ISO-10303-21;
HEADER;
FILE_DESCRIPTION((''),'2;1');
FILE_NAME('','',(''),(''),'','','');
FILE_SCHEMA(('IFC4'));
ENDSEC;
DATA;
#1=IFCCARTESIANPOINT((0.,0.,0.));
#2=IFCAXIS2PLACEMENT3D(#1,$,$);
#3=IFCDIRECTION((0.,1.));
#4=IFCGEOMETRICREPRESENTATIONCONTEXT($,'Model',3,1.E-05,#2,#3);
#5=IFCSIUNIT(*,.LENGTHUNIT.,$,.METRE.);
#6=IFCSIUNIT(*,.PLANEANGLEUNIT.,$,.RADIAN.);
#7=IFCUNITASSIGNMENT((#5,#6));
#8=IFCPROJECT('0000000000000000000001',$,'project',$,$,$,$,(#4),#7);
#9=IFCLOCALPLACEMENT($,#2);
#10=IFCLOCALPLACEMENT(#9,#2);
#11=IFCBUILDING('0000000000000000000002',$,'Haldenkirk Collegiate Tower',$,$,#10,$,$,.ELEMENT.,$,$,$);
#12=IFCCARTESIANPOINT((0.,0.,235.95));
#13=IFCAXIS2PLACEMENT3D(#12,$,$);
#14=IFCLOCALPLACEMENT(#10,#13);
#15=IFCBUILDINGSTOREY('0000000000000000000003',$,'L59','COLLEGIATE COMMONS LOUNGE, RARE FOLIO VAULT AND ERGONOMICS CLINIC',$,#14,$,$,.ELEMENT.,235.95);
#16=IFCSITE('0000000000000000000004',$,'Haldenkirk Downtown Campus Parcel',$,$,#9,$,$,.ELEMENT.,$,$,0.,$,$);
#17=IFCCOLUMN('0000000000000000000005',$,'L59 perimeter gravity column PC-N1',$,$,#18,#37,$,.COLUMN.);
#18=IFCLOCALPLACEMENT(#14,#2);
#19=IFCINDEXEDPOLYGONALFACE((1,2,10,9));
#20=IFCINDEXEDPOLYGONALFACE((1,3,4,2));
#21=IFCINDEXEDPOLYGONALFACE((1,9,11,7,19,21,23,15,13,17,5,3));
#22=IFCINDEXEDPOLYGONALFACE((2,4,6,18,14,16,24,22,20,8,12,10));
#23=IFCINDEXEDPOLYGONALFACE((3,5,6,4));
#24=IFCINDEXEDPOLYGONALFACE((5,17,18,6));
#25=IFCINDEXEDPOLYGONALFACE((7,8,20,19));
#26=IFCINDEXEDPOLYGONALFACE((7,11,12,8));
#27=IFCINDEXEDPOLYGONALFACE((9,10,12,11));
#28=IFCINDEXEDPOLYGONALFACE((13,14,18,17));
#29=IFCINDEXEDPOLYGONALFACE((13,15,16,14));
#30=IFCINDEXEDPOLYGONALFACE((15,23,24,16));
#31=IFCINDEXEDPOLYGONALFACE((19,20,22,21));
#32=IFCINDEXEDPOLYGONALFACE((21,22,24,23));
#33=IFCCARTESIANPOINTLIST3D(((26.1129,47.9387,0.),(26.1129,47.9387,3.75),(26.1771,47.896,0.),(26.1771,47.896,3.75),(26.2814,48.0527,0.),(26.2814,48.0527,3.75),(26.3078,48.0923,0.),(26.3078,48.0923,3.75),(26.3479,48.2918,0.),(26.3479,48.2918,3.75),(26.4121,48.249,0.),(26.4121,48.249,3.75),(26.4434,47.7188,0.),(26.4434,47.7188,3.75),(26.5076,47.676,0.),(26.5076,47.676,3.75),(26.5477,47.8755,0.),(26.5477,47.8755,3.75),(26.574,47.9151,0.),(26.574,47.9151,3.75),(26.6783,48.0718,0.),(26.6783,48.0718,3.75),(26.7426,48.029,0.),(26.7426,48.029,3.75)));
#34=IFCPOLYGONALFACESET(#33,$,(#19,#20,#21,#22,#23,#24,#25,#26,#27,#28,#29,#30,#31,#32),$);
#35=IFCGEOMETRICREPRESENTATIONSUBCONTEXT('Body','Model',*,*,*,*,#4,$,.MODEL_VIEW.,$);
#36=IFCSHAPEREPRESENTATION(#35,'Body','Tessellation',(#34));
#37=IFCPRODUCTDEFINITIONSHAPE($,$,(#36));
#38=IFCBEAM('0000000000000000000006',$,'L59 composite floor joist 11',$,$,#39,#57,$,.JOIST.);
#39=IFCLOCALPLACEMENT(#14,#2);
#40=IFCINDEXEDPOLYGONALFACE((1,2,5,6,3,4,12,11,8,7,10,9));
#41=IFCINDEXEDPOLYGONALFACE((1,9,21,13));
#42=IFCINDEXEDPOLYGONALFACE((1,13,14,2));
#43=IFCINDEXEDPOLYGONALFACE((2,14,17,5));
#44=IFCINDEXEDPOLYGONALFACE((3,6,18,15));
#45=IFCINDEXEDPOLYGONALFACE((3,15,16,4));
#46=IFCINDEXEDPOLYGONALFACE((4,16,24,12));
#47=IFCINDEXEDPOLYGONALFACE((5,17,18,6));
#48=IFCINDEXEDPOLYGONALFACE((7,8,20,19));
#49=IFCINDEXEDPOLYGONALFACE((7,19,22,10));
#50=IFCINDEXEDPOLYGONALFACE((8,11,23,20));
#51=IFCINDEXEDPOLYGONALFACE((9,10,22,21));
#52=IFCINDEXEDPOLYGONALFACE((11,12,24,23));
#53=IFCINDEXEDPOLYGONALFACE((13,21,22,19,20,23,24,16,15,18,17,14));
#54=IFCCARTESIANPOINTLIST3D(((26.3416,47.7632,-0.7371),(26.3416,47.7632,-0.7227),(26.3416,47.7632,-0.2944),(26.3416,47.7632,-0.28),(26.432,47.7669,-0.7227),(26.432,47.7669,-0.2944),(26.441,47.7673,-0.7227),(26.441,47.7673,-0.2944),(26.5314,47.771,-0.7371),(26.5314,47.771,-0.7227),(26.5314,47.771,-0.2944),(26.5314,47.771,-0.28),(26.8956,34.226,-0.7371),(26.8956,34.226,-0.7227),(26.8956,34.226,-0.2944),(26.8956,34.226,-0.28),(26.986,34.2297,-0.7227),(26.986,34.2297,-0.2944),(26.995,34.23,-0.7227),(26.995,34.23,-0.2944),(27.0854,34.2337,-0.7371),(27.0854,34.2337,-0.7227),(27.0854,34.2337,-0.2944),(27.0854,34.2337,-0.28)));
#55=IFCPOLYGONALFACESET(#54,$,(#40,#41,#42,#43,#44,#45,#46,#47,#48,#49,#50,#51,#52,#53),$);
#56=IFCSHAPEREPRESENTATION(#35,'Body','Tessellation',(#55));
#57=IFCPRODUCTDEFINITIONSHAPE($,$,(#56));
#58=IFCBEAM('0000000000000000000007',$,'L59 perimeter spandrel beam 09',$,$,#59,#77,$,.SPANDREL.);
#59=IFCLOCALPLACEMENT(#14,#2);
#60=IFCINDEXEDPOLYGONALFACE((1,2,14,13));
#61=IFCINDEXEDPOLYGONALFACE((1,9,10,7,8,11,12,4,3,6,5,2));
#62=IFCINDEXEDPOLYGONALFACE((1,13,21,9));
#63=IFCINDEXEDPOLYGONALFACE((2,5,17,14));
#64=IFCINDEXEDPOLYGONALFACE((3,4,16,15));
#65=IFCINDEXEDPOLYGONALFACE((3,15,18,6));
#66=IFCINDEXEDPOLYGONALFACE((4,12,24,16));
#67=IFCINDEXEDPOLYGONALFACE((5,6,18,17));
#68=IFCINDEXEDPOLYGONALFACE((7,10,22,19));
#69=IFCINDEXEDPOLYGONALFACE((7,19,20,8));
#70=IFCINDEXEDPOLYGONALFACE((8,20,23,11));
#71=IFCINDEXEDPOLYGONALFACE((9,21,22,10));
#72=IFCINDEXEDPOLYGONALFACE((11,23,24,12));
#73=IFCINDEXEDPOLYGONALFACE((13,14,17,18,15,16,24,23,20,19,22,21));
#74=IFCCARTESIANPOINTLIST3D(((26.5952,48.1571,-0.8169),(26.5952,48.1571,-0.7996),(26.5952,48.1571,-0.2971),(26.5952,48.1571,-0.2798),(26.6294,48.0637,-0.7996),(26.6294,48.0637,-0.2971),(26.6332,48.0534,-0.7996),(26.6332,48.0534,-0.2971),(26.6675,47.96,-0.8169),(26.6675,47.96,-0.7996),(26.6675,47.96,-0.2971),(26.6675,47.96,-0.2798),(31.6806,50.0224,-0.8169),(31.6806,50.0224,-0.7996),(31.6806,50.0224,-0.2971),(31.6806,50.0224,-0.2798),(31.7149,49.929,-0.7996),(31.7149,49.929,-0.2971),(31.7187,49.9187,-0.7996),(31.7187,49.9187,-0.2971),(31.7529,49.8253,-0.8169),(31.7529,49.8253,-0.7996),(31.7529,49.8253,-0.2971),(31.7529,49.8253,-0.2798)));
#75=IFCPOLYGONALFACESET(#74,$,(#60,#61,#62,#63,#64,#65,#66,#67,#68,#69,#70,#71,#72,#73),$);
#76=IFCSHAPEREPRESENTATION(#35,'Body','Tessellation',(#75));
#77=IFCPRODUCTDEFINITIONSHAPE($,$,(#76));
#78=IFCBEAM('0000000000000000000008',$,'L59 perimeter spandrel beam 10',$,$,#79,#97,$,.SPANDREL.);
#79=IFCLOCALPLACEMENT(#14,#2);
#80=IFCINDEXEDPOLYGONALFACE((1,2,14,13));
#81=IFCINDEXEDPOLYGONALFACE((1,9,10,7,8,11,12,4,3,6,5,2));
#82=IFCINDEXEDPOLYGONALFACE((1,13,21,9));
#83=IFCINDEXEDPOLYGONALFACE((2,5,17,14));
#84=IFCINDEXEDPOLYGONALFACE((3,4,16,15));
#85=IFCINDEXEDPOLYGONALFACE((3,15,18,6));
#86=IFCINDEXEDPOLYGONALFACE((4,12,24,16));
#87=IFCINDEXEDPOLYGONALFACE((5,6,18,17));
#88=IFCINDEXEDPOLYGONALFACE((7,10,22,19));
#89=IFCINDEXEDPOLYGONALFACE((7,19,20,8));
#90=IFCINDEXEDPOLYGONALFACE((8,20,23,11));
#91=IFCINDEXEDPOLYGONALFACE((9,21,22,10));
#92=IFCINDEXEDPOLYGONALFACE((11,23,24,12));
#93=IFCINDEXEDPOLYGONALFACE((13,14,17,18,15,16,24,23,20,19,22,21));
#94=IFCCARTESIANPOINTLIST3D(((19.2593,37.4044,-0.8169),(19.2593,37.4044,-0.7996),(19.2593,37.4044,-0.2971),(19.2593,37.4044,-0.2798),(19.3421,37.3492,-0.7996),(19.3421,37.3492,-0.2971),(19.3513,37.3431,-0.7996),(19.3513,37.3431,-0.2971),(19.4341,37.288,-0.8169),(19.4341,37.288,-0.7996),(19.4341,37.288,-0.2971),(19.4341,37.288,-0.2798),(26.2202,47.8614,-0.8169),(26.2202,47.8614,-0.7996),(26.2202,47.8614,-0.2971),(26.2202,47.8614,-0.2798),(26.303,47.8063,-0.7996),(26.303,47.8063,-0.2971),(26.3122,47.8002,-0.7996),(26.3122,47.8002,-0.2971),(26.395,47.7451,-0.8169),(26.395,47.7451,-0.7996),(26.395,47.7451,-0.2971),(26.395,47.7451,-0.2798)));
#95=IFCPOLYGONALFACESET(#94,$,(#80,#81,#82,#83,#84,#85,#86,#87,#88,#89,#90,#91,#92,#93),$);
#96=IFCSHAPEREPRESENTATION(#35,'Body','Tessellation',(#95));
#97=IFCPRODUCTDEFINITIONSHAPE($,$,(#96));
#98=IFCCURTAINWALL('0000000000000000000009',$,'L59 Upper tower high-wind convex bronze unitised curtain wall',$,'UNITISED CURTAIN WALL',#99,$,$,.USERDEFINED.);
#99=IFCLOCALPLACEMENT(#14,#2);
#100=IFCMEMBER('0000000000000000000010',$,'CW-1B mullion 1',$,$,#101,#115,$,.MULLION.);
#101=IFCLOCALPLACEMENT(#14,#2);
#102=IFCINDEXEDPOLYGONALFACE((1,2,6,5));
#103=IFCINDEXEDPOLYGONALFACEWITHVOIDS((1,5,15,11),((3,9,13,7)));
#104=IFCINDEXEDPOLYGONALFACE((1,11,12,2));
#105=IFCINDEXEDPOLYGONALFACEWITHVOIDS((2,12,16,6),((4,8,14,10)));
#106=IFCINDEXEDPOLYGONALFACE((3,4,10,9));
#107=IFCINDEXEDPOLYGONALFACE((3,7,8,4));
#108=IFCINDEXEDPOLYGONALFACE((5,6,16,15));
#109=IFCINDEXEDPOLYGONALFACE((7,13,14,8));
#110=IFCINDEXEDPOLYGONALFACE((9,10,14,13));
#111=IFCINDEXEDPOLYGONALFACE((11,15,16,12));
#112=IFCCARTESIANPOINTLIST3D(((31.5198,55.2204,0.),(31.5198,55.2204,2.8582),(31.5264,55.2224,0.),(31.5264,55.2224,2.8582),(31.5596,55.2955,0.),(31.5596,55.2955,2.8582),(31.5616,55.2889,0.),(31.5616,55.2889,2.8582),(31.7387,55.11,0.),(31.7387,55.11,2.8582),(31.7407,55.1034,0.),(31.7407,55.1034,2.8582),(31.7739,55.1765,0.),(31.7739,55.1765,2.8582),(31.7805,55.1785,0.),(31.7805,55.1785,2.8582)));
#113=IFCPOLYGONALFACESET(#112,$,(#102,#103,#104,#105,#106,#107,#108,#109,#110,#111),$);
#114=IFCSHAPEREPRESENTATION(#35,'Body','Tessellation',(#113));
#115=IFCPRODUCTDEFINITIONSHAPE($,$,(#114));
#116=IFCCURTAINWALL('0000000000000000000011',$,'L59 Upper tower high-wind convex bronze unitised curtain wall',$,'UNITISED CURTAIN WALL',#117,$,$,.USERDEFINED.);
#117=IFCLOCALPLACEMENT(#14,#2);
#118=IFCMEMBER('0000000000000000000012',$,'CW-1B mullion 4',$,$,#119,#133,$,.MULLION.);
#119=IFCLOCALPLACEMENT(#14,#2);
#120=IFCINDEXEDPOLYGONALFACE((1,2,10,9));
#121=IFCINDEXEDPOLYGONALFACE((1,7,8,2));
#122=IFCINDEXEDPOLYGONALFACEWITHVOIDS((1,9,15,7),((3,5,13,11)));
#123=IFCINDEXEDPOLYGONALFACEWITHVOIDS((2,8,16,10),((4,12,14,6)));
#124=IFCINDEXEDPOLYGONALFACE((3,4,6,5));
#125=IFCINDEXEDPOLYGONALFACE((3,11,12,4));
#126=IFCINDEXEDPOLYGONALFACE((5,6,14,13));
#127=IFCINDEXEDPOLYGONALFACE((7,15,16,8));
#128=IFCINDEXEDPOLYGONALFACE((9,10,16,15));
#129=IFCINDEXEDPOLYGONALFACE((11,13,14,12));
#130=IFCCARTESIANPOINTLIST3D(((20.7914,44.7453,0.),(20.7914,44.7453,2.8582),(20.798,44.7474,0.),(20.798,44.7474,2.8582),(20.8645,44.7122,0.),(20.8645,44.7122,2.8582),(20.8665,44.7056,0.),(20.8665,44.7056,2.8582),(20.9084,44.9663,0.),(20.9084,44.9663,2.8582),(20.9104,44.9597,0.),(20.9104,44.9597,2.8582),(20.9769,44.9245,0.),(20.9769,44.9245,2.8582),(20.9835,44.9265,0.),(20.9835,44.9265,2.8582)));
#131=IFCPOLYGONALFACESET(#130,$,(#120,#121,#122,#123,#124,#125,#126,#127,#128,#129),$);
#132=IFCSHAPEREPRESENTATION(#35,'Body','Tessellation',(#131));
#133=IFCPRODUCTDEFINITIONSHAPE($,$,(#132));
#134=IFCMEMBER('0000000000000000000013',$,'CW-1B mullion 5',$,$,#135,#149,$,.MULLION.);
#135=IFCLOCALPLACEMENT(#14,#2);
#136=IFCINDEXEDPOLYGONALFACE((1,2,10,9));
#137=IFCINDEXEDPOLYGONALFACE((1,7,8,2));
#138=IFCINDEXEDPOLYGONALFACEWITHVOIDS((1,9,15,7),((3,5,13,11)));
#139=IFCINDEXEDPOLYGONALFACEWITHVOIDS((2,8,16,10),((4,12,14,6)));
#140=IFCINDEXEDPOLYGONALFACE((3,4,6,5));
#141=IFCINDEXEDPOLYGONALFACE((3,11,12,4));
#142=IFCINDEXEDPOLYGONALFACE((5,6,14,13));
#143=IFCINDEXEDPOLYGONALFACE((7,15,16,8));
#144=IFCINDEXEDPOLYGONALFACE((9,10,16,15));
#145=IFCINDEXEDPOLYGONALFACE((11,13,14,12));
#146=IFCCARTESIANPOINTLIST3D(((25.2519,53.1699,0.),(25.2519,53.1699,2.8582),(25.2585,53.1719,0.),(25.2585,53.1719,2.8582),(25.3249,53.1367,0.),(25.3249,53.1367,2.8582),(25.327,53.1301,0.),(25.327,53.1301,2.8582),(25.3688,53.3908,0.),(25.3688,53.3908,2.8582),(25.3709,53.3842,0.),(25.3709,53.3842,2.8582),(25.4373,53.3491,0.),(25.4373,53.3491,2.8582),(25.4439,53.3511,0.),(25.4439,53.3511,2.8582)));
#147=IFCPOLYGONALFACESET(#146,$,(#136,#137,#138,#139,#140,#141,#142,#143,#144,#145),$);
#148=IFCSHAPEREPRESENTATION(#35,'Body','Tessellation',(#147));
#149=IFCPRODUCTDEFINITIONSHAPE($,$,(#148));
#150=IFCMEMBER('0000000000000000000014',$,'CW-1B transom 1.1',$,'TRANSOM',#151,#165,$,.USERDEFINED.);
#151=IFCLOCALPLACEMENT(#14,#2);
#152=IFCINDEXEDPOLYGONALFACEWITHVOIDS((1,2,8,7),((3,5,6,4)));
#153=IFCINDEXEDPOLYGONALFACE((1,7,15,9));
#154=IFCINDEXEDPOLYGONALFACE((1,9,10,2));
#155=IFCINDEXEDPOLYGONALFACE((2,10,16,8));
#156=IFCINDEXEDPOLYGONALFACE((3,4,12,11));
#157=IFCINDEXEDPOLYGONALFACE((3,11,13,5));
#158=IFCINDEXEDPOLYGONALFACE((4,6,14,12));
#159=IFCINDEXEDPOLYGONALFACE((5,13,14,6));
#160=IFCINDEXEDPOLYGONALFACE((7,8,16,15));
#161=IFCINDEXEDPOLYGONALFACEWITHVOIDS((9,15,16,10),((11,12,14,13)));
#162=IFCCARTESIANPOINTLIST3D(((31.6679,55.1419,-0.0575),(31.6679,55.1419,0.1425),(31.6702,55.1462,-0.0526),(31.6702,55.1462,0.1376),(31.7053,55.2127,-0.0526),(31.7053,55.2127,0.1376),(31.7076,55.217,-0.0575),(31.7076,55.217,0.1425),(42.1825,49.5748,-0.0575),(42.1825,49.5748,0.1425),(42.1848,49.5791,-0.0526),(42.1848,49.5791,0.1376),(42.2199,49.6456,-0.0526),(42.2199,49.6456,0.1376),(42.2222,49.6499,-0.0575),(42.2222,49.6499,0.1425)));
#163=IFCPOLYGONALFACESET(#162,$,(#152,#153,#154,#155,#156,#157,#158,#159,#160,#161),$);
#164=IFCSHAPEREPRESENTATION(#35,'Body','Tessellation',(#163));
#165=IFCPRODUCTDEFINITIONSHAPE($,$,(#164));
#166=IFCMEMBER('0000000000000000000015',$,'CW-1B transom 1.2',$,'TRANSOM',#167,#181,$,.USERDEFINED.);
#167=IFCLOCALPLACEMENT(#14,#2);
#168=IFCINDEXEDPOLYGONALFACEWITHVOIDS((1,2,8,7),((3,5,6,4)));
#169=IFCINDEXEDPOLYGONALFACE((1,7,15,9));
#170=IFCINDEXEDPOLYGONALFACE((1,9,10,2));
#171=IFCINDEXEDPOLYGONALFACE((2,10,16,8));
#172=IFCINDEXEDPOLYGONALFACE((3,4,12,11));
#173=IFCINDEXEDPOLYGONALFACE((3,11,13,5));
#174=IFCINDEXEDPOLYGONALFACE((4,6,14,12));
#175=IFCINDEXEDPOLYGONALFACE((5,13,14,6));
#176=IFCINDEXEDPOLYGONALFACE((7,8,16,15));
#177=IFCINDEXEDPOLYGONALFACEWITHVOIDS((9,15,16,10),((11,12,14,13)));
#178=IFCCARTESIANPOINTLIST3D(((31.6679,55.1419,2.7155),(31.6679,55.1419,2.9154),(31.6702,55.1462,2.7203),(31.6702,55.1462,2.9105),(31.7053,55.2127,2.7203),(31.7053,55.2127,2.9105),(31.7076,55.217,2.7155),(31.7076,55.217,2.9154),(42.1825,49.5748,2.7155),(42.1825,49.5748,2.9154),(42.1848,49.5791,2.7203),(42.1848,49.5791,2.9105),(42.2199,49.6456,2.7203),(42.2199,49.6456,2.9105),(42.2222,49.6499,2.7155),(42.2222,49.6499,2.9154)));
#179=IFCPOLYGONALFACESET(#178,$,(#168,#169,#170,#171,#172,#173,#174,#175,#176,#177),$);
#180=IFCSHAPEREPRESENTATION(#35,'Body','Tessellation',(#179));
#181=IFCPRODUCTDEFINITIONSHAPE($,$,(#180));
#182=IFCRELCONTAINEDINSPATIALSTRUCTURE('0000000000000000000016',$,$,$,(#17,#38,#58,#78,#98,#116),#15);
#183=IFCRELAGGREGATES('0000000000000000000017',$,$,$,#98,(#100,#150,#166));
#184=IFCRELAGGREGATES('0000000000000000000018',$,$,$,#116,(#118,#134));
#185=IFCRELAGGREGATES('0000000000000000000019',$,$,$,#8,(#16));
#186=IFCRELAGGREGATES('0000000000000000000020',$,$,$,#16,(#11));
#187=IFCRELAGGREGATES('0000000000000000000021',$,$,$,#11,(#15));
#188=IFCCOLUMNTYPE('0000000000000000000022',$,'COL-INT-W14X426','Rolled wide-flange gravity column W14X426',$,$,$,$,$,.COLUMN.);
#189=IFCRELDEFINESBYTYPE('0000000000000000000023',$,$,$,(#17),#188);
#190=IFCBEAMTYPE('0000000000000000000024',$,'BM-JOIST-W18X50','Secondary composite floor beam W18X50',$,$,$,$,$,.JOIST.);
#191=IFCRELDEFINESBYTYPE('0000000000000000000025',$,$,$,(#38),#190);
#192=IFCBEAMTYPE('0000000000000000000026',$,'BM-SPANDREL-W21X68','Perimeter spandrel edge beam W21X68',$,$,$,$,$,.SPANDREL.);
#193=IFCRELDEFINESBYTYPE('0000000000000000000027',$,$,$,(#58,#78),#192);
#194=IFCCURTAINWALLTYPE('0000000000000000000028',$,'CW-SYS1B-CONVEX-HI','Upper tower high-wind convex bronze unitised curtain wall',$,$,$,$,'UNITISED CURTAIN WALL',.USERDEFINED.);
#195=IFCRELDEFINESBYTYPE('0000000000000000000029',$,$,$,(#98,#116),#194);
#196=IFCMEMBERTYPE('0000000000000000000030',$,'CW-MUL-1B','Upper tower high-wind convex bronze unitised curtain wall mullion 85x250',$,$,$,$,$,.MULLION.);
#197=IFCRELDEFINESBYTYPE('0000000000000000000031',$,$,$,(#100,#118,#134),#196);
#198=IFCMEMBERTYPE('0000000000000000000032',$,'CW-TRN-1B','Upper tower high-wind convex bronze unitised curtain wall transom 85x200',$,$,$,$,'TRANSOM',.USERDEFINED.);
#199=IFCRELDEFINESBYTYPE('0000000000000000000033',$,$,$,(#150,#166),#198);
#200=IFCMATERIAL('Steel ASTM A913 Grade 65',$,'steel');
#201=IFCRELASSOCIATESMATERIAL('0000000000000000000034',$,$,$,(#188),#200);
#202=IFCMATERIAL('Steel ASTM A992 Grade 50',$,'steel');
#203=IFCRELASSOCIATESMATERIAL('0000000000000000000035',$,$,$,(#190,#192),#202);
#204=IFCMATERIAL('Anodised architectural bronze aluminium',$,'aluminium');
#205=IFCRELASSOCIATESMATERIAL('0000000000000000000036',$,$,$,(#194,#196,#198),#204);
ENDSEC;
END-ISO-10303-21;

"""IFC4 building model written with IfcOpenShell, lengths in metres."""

from ifc_helpers import new_model, si_unit, direction, frame, origin, origin_2d, place, context, subcontext, project, spatial, hollow_rectangle, i_section, extrude, material, material_profile, profile_set, type_object, element, aggregate, save


model = new_model("IFC4")

# Units and contexts
model_context = context("Model", 3, precision=1e-05, world=origin(), true_north=direction((0.0, 1.0)))
body_context = subcontext(model_context, "Body", "Model", "MODEL_VIEW")
ifc_project = project(units=[si_unit("LENGTHUNIT", "METRE"), si_unit("PLANEANGLEUNIT", "RADIAN")], contexts=[model_context])

# Site, building, storey
site_placement = place(None, origin())
site = spatial("IfcSite", under=ifc_project, at=site_placement, Name="Haldenkirk Downtown Campus Parcel", CompositionType="ELEMENT", RefElevation=0.0)
building_placement = place(site_placement, origin())
building = spatial("IfcBuilding", under=site, at=building_placement, Name="Haldenkirk Collegiate Tower", CompositionType="ELEMENT")
storey_placement = place(building_placement, frame((0.0, 0.0, 235.95)))
storey = spatial("IfcBuildingStorey", under=building, at=storey_placement, Name="L59", Description="COLLEGIATE COMMONS LOUNGE, RARE FOLIO VAULT AND ERGONOMICS CLINIC", CompositionType="ELEMENT", Elevation=235.95)

# Column
ifc_material_1 = material(Name="Steel ASTM A913 Grade 65", Category="steel")
ifc_material_profile_1 = material_profile(ifc_material_1, i_section(OverallWidth=0.4241, OverallDepth=0.4741, WebThickness=0.0476, FlangeThickness=0.0771, at=origin_2d()), Name="W14X426")
ifc_profile_set_1 = profile_set([ifc_material_profile_1], Name="Steel ASTM A913 Grade 65")
column_type = type_object("IfcColumnType", Name="COL-INT-W14X426", Description="Rolled wide-flange gravity column W14X426", PredefinedType="COLUMN", material=ifc_profile_set_1)
column_placement = place(storey_placement, frame((26.4277, 47.9839, 0.0), z_axis=(0.0, 0.0, 1.0), x_axis=(0.554118, 0.832438, 0.0)))
element("IfcColumn", 1, at=column_placement, inside=storey, type_object=column_type, Name="L59 perimeter gravity column PC-N1", PredefinedType="COLUMN", context=body_context, shape_type="SweptSolid", body=[
    extrude(i_section(OverallWidth=0.4241, OverallDepth=0.4741, WebThickness=0.0476, FlangeThickness=0.0771, at=origin_2d()), origin(), (0.0, 0.0, 1.0), 3.75),
])

# Beams
ifc_material_2 = material(Name="Steel ASTM A992 Grade 50", Category="steel")
ifc_material_profile_2 = material_profile(ifc_material_2, i_section(OverallWidth=0.1899, OverallDepth=0.457, WebThickness=0.009, FlangeThickness=0.0144, at=origin_2d()), Name="W18X50")
ifc_profile_set_2 = profile_set([ifc_material_profile_2], Name="Steel ASTM A992 Grade 50")
beam_type_1 = type_object("IfcBeamType", Name="BM-JOIST-W18X50", Description="Secondary composite floor beam W18X50", PredefinedType="JOIST", material=ifc_profile_set_2)
beam_1_placement = place(storey_placement, frame((26.4365, 47.7671, -0.5085), z_axis=(0.040886, -0.999164, 0.0), x_axis=(0.999164, 0.040886, 0.0)))
element("IfcBeam", 2, at=beam_1_placement, inside=storey, type_object=beam_type_1, Name="L59 composite floor joist 11", PredefinedType="JOIST", context=body_context, shape_type="SweptSolid", body=[
    extrude(i_section(OverallWidth=0.1899, OverallDepth=0.457, WebThickness=0.009, FlangeThickness=0.0144, at=origin_2d()), origin(), (0.0, 0.0, 1.0), 13.5486),
])
ifc_material_profile_3 = material_profile(ifc_material_2, i_section(OverallWidth=0.21, OverallDepth=0.5371, WebThickness=0.011, FlangeThickness=0.0173, at=origin_2d()), Name="W21X68")
ifc_profile_set_3 = profile_set([ifc_material_profile_3], Name="Steel ASTM A992 Grade 50")
beam_type_2 = type_object("IfcBeamType", Name="BM-SPANDREL-W21X68", Description="Perimeter spandrel edge beam W21X68", PredefinedType="SPANDREL", material=ifc_profile_set_3)
beam_2_placement = place(storey_placement, frame((31.7168, 49.9238, -0.5483), z_axis=(-0.938842, -0.344347, 0.0), x_axis=(0.344347, -0.938842, 0.0)))
element("IfcBeam", 3, at=beam_2_placement, inside=storey, type_object=beam_type_2, Name="L59 perimeter spandrel beam 09", PredefinedType="SPANDREL", context=body_context, shape_type="SweptSolid", body=[
    extrude(i_section(OverallWidth=0.21, OverallDepth=0.5371, WebThickness=0.011, FlangeThickness=0.0173, at=origin_2d()), origin(), (0.0, 0.0, 1.0), 5.4167),
])
beam_3_placement = place(storey_placement, frame((26.3076, 47.8032, -0.5483), z_axis=(-0.554126, -0.832433, 0.0), x_axis=(0.832433, -0.554126, 0.0)))
element("IfcBeam", 4, at=beam_3_placement, inside=storey, type_object=beam_type_2, Name="L59 perimeter spandrel beam 10", PredefinedType="SPANDREL", context=body_context, shape_type="SweptSolid", body=[
    extrude(i_section(OverallWidth=0.21, OverallDepth=0.5371, WebThickness=0.011, FlangeThickness=0.0173, at=origin_2d()), origin(), (0.0, 0.0, 1.0), 12.562),
])

# Curtain wall, member
ifc_material_3 = material(Name="Anodised architectural bronze aluminium", Category="aluminium")
curtain_wall_type = type_object("IfcCurtainWallType", Name="CW-SYS1B-CONVEX-HI", Description="Upper tower high-wind convex bronze unitised curtain wall", ElementType="UNITISED CURTAIN WALL", PredefinedType="USERDEFINED", material=ifc_material_3)
curtain_wall_1_placement = place(storey_placement, origin())
curtain_wall_1 = element("IfcCurtainWall", 5, at=curtain_wall_1_placement, inside=storey, type_object=curtain_wall_type, Name="L59 Upper tower high-wind convex bronze unitised curtain wall", ObjectType="UNITISED CURTAIN WALL", PredefinedType="USERDEFINED")
ifc_material_profile_4 = material_profile(ifc_material_3, hollow_rectangle(XDim=0.085, YDim=0.25, WallThickness=0.0049, at=origin_2d()), Name="CW-MUL-1B")
ifc_profile_set_4 = profile_set([ifc_material_profile_4], Name="Anodised architectural bronze aluminium")
member_type_1 = type_object("IfcMemberType", Name="CW-MUL-1B", Description="Upper tower high-wind convex bronze unitised curtain wall mullion 85x250", PredefinedType="MULLION", material=ifc_profile_set_4)
member_1_placement = place(storey_placement, frame((31.6501, 55.1995, 0.0), z_axis=(0.0, 0.0, 1.0), x_axis=(0.46793, 0.883766, 0.0)))
member_1 = element("IfcMember", 6, at=member_1_placement, type_object=member_type_1, Name="CW-1B mullion 1", PredefinedType="MULLION", context=body_context, shape_type="SweptSolid", body=[
    extrude(hollow_rectangle(XDim=0.085, YDim=0.25, WallThickness=0.0049, at=origin_2d()), origin(), (0.0, 0.0, 1.0), 2.8582),
])

# Curtain wall, members
curtain_wall_2_placement = place(storey_placement, origin())
curtain_wall_2 = element("IfcCurtainWall", 7, at=curtain_wall_2_placement, inside=storey, type_object=curtain_wall_type, Name="L59 Upper tower high-wind convex bronze unitised curtain wall", ObjectType="UNITISED CURTAIN WALL", PredefinedType="USERDEFINED")
member_2_placement = place(storey_placement, frame((20.8875, 44.8359, 0.0), z_axis=(0.0, 0.0, 1.0), x_axis=(-0.883765, 0.467932, 0.0)))
member_2 = element("IfcMember", 8, at=member_2_placement, type_object=member_type_1, Name="CW-1B mullion 4", PredefinedType="MULLION", context=body_context, shape_type="SweptSolid", body=[
    extrude(hollow_rectangle(XDim=0.085, YDim=0.25, WallThickness=0.0049, at=origin_2d()), origin(), (0.0, 0.0, 1.0), 2.8582),
])
member_3_placement = place(storey_placement, frame((25.3479, 53.2605, 0.0), z_axis=(0.0, 0.0, 1.0), x_axis=(-0.883765, 0.467932, 0.0)))
member_3 = element("IfcMember", 9, at=member_3_placement, type_object=member_type_1, Name="CW-1B mullion 5", PredefinedType="MULLION", context=body_context, shape_type="SweptSolid", body=[
    extrude(hollow_rectangle(XDim=0.085, YDim=0.25, WallThickness=0.0049, at=origin_2d()), origin(), (0.0, 0.0, 1.0), 2.8582),
])

# Members
ifc_material_profile_5 = material_profile(ifc_material_3, hollow_rectangle(XDim=0.085, YDim=0.2, WallThickness=0.0049, at=origin_2d()), Name="CW-TRN-1B")
ifc_profile_set_5 = profile_set([ifc_material_profile_5], Name="Anodised architectural bronze aluminium")
member_type_2 = type_object("IfcMemberType", Name="CW-TRN-1B", Description="Upper tower high-wind convex bronze unitised curtain wall transom 85x200", ElementType="TRANSOM", PredefinedType="USERDEFINED", material=ifc_profile_set_5)
member_4_placement = place(storey_placement, frame((31.6877, 55.1794, 0.0425), z_axis=(0.883768, -0.467924, 0.0), x_axis=(0.467924, 0.883768, 0.0)))
member_4 = element("IfcMember", 10, at=member_4_placement, type_object=member_type_2, Name="CW-1B transom 1.1", ObjectType="TRANSOM", PredefinedType="USERDEFINED", context=body_context, shape_type="SweptSolid", body=[
    extrude(hollow_rectangle(XDim=0.085, YDim=0.2, WallThickness=0.0049, at=origin_2d()), origin(), (0.0, 0.0, 1.0), 11.8975),
])
member_5_placement = place(storey_placement, frame((31.6877, 55.1794, 2.8154), z_axis=(0.883768, -0.467924, 0.0), x_axis=(0.467924, 0.883768, 0.0)))
member_5 = element("IfcMember", 11, at=member_5_placement, type_object=member_type_2, Name="CW-1B transom 1.2", ObjectType="TRANSOM", PredefinedType="USERDEFINED", context=body_context, shape_type="SweptSolid", body=[
    extrude(hollow_rectangle(XDim=0.085, YDim=0.2, WallThickness=0.0049, at=origin_2d()), origin(), (0.0, 0.0, 1.0), 11.8975),
])
aggregate(curtain_wall_1, [member_1, member_4, member_5])

aggregate(curtain_wall_2, [member_2, member_3])

save(model, "model.ifc")
